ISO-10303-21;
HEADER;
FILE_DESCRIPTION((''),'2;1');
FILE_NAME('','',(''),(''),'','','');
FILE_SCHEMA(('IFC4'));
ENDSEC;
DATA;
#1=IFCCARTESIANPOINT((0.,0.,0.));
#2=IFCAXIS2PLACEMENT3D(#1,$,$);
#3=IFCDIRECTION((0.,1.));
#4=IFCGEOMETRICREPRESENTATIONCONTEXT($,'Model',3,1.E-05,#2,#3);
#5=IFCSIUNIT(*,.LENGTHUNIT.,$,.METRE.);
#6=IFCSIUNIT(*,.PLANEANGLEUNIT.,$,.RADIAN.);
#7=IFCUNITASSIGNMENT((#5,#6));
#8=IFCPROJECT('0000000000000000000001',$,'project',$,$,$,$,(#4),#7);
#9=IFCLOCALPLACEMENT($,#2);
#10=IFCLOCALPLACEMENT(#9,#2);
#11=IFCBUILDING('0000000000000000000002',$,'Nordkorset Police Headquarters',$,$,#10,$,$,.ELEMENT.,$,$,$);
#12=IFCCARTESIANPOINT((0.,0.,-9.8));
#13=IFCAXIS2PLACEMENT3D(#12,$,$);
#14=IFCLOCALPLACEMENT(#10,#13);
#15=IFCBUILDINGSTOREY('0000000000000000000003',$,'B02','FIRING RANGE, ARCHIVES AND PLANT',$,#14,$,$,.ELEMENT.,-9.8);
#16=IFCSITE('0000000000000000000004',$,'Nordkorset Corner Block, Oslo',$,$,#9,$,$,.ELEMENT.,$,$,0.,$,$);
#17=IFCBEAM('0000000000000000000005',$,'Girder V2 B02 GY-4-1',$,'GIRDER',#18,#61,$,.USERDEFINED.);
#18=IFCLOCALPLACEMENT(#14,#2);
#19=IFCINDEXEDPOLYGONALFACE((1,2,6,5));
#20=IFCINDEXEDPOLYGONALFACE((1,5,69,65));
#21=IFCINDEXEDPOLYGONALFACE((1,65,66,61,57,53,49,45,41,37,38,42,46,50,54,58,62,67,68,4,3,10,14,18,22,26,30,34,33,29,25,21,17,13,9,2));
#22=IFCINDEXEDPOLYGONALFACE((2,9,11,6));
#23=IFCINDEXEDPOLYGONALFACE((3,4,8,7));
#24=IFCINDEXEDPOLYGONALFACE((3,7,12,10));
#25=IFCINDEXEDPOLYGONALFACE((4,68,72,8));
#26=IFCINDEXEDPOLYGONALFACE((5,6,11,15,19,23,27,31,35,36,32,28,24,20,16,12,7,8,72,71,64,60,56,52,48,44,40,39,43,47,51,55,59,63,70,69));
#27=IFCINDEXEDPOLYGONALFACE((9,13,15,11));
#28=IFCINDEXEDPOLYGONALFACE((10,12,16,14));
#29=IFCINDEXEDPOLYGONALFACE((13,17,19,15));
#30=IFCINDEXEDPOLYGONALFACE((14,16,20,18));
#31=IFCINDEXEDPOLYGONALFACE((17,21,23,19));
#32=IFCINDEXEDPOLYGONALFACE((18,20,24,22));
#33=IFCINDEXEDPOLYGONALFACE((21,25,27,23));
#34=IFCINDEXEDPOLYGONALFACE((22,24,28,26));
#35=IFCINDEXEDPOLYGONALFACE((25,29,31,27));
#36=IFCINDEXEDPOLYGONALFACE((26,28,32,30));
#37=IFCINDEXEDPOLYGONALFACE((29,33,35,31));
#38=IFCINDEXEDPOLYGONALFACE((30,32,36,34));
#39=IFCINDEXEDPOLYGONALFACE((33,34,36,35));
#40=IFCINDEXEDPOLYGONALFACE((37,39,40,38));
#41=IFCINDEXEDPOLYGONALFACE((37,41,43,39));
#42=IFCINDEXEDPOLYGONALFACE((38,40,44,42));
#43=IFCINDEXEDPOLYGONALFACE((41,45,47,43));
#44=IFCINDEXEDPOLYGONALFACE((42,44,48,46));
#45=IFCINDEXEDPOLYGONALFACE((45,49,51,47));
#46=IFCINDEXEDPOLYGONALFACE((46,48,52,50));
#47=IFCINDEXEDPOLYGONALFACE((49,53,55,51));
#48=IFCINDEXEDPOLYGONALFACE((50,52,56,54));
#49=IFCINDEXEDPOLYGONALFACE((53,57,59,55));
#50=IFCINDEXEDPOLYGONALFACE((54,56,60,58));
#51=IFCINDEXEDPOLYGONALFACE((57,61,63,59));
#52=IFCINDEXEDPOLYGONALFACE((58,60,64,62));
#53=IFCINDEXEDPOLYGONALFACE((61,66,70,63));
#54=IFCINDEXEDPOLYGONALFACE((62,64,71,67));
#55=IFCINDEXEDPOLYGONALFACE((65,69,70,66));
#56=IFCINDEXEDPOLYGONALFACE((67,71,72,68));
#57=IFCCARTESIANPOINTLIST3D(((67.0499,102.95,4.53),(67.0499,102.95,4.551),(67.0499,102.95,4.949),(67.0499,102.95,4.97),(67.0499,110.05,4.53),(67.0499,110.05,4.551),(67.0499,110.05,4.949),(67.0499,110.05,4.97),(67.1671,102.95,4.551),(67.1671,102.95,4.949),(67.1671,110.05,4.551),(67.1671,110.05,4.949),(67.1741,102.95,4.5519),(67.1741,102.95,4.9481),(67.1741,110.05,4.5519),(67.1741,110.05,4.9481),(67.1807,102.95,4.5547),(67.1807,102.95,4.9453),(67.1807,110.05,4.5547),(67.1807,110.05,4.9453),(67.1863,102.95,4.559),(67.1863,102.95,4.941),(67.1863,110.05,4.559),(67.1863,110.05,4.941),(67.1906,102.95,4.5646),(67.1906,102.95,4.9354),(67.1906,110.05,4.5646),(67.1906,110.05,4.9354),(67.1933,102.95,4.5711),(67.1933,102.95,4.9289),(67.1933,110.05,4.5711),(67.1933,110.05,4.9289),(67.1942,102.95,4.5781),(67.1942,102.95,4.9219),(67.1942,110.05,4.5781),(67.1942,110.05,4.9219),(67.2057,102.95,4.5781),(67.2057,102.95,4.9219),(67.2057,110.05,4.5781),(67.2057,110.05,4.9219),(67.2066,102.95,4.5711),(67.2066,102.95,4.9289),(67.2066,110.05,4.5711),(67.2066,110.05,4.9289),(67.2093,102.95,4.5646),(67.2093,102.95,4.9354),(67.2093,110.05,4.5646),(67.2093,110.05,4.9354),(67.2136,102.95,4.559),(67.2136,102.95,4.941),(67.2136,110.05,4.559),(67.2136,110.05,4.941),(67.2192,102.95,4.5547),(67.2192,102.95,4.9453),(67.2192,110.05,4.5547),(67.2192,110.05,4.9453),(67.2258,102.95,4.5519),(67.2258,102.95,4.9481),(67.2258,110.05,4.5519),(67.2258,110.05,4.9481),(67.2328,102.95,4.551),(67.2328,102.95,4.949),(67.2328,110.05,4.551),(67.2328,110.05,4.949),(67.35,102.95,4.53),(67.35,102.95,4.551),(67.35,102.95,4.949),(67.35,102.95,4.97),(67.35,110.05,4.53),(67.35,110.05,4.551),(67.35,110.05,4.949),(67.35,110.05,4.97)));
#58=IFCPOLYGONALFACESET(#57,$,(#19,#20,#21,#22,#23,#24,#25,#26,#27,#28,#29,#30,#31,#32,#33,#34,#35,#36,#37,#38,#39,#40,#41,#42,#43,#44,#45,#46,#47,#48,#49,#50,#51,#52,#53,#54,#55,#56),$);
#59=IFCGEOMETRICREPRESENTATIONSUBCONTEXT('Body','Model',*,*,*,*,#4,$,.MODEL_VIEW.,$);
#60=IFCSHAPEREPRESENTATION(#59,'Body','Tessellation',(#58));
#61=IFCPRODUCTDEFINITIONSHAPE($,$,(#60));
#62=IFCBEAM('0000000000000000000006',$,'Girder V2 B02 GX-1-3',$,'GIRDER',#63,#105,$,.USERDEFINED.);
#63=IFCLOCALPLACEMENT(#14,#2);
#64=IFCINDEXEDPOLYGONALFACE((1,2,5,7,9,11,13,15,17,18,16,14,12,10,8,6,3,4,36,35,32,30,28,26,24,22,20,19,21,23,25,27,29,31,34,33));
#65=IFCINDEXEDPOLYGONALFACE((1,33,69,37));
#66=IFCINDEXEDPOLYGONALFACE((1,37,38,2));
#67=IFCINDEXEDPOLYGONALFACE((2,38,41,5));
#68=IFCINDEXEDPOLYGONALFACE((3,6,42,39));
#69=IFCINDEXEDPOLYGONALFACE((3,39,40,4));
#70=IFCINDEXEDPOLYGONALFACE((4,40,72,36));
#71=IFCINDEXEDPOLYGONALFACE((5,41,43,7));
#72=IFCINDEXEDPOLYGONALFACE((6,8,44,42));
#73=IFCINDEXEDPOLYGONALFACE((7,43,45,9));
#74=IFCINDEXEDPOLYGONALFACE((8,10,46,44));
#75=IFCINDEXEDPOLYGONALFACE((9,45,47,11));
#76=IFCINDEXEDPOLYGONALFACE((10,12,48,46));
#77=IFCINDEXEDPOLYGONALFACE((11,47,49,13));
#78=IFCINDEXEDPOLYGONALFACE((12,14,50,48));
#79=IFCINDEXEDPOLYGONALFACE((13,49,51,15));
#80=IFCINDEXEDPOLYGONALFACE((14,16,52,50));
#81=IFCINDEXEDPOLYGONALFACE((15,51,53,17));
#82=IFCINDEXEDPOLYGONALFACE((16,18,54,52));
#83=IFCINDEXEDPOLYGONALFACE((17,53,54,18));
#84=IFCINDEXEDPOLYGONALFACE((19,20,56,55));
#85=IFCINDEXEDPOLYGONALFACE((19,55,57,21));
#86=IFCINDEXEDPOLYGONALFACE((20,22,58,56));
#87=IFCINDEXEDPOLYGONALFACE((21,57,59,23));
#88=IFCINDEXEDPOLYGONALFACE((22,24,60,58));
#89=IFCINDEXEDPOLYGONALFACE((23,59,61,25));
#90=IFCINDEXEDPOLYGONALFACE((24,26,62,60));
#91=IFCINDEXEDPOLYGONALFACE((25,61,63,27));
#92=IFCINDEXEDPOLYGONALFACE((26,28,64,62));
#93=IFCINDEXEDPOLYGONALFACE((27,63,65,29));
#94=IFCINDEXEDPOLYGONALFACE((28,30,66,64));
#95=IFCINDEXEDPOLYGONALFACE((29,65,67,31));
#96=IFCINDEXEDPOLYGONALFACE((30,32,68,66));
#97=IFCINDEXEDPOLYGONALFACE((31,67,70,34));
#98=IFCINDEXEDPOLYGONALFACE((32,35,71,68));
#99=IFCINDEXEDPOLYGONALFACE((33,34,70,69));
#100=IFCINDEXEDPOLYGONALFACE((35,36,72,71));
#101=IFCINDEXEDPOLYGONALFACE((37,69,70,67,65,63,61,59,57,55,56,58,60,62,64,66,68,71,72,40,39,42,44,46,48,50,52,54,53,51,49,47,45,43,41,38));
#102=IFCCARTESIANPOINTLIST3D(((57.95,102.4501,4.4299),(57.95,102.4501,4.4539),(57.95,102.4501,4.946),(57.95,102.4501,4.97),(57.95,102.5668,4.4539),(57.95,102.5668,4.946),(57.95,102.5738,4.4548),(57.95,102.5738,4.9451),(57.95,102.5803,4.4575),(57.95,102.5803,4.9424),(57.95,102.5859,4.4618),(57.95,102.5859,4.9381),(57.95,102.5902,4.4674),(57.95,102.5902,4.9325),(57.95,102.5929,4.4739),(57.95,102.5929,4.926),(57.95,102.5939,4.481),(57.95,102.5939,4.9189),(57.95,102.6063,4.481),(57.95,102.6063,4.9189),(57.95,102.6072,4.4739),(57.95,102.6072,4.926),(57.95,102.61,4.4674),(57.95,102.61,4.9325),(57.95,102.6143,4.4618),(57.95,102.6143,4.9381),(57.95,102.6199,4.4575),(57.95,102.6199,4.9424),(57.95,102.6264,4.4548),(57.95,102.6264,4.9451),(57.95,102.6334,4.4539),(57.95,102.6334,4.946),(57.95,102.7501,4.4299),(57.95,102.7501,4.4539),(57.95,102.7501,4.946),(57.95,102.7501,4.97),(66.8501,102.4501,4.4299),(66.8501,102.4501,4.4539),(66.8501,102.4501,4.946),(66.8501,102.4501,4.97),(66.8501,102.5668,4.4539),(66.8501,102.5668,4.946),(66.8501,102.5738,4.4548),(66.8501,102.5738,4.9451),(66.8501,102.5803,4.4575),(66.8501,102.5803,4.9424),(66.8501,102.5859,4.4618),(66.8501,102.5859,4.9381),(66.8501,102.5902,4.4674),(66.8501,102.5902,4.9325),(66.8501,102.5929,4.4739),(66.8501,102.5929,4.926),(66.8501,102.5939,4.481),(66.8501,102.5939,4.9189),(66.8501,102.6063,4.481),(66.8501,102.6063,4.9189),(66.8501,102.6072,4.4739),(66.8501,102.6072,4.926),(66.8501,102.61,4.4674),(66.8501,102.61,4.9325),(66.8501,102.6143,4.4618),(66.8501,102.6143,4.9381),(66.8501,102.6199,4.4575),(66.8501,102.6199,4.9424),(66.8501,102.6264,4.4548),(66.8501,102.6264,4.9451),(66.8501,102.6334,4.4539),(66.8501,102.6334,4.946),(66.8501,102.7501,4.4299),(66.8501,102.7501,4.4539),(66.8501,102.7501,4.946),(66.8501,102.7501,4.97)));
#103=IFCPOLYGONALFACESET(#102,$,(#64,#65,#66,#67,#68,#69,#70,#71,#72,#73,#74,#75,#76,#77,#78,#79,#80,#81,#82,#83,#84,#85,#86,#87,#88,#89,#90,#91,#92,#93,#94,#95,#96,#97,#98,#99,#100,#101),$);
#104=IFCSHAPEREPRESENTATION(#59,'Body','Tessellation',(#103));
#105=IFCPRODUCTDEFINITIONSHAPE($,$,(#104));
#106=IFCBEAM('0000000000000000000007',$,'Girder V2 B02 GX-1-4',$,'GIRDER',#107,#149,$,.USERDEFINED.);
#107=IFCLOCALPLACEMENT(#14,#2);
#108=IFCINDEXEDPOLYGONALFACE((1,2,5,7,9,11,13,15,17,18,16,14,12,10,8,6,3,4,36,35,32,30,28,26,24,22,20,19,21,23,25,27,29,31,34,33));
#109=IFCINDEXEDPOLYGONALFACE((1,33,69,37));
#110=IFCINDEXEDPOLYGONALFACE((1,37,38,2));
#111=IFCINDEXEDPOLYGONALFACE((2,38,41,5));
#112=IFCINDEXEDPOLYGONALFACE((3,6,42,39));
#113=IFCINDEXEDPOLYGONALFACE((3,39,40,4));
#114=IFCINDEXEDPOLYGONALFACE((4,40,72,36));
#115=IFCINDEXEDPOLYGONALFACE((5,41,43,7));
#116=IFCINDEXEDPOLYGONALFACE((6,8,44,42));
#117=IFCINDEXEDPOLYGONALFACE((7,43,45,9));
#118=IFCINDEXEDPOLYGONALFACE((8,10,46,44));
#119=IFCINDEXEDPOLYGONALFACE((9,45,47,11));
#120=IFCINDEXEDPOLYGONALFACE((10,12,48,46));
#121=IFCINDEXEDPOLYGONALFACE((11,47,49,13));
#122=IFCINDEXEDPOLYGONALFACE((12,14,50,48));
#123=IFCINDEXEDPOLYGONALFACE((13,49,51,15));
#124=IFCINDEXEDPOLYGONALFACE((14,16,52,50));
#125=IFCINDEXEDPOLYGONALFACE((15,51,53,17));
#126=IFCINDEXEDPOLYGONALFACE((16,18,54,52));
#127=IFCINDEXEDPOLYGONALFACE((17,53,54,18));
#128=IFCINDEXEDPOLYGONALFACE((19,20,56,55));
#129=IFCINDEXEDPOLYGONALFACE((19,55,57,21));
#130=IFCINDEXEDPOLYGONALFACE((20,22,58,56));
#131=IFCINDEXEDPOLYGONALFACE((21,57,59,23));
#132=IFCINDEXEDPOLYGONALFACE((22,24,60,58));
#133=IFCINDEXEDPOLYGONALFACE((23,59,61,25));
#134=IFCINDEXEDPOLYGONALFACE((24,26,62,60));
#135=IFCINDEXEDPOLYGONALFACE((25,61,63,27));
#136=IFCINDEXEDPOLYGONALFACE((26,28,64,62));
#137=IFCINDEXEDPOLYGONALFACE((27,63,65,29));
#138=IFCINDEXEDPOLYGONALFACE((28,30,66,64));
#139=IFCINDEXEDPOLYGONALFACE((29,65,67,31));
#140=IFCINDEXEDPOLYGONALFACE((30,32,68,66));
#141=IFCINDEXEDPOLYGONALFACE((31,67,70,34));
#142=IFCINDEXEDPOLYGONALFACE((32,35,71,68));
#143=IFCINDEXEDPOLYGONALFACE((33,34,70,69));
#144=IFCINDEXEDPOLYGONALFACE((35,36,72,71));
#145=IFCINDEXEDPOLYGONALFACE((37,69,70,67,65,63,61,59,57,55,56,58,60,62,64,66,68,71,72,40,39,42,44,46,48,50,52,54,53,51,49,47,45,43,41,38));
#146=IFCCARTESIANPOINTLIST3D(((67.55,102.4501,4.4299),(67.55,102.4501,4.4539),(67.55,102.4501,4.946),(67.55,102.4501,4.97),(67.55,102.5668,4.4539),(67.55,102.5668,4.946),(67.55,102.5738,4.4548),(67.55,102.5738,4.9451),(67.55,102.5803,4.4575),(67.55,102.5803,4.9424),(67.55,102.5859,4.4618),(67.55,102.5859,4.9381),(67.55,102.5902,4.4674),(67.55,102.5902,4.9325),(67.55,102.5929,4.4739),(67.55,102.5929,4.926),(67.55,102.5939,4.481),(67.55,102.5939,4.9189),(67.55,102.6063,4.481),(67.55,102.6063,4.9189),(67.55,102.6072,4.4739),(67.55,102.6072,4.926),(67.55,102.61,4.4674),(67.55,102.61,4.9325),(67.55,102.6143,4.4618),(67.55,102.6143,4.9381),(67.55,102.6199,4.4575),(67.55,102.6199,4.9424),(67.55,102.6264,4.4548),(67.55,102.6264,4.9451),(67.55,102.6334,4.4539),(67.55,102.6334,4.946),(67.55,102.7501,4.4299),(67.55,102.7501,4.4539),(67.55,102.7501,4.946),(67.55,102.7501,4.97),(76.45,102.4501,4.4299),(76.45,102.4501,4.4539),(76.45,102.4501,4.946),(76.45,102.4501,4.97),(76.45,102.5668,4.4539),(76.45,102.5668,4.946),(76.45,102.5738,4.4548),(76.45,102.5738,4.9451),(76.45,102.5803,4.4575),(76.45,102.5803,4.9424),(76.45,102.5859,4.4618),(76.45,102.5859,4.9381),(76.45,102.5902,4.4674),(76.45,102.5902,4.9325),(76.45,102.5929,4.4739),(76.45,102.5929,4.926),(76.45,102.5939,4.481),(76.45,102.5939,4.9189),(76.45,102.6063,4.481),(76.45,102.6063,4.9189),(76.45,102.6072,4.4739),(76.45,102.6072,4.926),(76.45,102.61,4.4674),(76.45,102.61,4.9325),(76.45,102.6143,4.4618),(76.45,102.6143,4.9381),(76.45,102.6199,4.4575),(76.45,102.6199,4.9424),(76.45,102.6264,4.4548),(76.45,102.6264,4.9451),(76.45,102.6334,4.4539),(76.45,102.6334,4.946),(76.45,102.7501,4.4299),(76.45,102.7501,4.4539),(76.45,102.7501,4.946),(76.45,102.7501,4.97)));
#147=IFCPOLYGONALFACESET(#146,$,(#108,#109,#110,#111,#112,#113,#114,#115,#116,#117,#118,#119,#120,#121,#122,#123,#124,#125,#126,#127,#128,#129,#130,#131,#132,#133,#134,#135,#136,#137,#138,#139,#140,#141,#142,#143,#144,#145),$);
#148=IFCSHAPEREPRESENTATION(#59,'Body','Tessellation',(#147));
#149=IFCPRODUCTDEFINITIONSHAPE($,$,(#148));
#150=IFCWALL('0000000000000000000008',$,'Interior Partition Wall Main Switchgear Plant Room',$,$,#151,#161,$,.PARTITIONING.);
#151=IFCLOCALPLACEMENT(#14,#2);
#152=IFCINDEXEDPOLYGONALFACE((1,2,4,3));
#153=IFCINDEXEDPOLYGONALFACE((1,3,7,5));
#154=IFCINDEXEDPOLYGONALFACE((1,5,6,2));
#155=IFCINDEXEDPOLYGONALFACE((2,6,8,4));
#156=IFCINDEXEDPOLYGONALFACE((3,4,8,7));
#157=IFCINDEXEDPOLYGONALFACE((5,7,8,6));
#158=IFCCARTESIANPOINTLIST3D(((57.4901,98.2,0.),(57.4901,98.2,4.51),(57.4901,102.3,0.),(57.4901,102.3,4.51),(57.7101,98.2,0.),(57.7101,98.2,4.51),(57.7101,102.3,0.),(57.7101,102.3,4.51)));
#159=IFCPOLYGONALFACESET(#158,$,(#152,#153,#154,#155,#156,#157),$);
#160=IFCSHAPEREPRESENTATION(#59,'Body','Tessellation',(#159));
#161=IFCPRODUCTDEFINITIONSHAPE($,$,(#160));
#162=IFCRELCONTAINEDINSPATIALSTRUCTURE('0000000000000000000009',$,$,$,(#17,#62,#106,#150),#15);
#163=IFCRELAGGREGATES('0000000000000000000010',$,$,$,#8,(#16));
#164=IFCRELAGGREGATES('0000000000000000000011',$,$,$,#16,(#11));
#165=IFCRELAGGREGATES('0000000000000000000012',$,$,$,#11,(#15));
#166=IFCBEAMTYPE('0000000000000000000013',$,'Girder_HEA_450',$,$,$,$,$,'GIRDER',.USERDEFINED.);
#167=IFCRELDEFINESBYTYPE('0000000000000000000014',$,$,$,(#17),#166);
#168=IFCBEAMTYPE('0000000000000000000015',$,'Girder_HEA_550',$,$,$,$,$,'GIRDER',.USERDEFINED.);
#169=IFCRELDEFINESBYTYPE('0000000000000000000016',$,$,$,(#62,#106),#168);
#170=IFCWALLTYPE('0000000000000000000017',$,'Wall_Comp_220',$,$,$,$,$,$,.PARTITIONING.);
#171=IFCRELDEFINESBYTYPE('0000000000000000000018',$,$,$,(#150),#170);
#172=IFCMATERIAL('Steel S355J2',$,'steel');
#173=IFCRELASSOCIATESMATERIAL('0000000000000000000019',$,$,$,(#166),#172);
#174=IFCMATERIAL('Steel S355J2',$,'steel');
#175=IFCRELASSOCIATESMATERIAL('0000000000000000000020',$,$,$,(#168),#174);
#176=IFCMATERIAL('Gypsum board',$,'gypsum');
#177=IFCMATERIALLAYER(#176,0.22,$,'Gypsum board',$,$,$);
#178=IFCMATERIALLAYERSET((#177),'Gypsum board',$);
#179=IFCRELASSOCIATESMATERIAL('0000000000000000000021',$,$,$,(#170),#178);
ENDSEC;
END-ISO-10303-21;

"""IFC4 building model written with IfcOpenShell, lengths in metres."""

from ifc_helpers import new_model, si_unit, direction, frame, frame_2d, origin, origin_2d, place, context, subcontext, project, spatial, rectangle, i_section, extrude, material, layer, layer_set, material_profile, profile_set, type_object, element, save


model = new_model("IFC4")

# Units and contexts
model_context = context("Model", 3, precision=1e-05, world=origin(), true_north=direction((0.0, 1.0)))
body_context = subcontext(model_context, "Body", "Model", "MODEL_VIEW")
ifc_project = project(units=[si_unit("LENGTHUNIT", "METRE"), si_unit("PLANEANGLEUNIT", "RADIAN")], contexts=[model_context])

# Site, building, storey
site_placement = place(None, origin())
site = spatial("IfcSite", under=ifc_project, at=site_placement, Name="Nordkorset Corner Block, Oslo", CompositionType="ELEMENT", RefElevation=0.0)
building_placement = place(site_placement, origin())
building = spatial("IfcBuilding", under=site, at=building_placement, Name="Nordkorset Police Headquarters", CompositionType="ELEMENT")
storey_placement = place(building_placement, frame((0.0, 0.0, -9.8)))
storey = spatial("IfcBuildingStorey", under=building, at=storey_placement, Name="B02", Description="FIRING RANGE, ARCHIVES AND PLANT", CompositionType="ELEMENT", Elevation=-9.8)

# Beams
ifc_material_1 = material(Name="Steel S355J2", Category="steel")
ifc_material_profile_1 = material_profile(ifc_material_1, i_section(OverallWidth=0.3, OverallDepth=0.4399, WebThickness=0.0115, FlangeThickness=0.021, FilletRadius=0.0271, at=origin_2d()), Name="HEA 450")
ifc_profile_set_1 = profile_set([ifc_material_profile_1], Name="Steel S355J2")
beam_type_1 = type_object("IfcBeamType", Name="Girder_HEA_450", ElementType="GIRDER", PredefinedType="USERDEFINED", material=ifc_profile_set_1)
beam_1_placement = place(storey_placement, frame((67.2, 102.95, 4.75), z_axis=(0.0, 1.0, 0.0), x_axis=(-1.0, 0.0, 0.0)))
element("IfcBeam", 1, at=beam_1_placement, inside=storey, type_object=beam_type_1, Name="Girder V2 B02 GY-4-1", ObjectType="GIRDER", PredefinedType="USERDEFINED", context=body_context, shape_type="SweptSolid", body=[
    extrude(i_section(OverallWidth=0.3, OverallDepth=0.4399, WebThickness=0.0115, FlangeThickness=0.021, FilletRadius=0.0271, at=origin_2d()), origin(), (0.0, 0.0, 1.0), 7.1001),
])
ifc_material_2 = material(Name="Steel S355J2", Category="steel")
ifc_material_profile_2 = material_profile(ifc_material_2, i_section(OverallWidth=0.3, OverallDepth=0.54, WebThickness=0.0125, FlangeThickness=0.0239, FilletRadius=0.0271, at=origin_2d()), Name="HEA 550")
ifc_profile_set_2 = profile_set([ifc_material_profile_2], Name="Steel S355J2")
beam_type_2 = type_object("IfcBeamType", Name="Girder_HEA_550", ElementType="GIRDER", PredefinedType="USERDEFINED", material=ifc_profile_set_2)
beam_2_placement = place(storey_placement, frame((57.95, 102.6001, 4.7), z_axis=(1.0, 0.0, 0.0), x_axis=(0.0, 1.0, 0.0)))
element("IfcBeam", 2, at=beam_2_placement, inside=storey, type_object=beam_type_2, Name="Girder V2 B02 GX-1-3", ObjectType="GIRDER", PredefinedType="USERDEFINED", context=body_context, shape_type="SweptSolid", body=[
    extrude(i_section(OverallWidth=0.3, OverallDepth=0.54, WebThickness=0.0125, FlangeThickness=0.0239, FilletRadius=0.0271, at=origin_2d()), origin(), (0.0, 0.0, 1.0), 8.9001),
])
beam_3_placement = place(storey_placement, frame((67.55, 102.6001, 4.7), z_axis=(1.0, 0.0, 0.0), x_axis=(0.0, 1.0, 0.0)))
element("IfcBeam", 3, at=beam_3_placement, inside=storey, type_object=beam_type_2, Name="Girder V2 B02 GX-1-4", ObjectType="GIRDER", PredefinedType="USERDEFINED", context=body_context, shape_type="SweptSolid", body=[
    extrude(i_section(OverallWidth=0.3, OverallDepth=0.54, WebThickness=0.0125, FlangeThickness=0.0239, FilletRadius=0.0271, at=origin_2d()), origin(), (0.0, 0.0, 1.0), 8.8999),
])

# Wall
ifc_material_3 = material(Name="Gypsum board", Category="gypsum")
ifc_layer = layer(ifc_material_3, 0.22, Name="Gypsum board")
ifc_layer_set = layer_set([ifc_layer], Name="Gypsum board")
wall_type = type_object("IfcWallType", Name="Wall_Comp_220", PredefinedType="PARTITIONING", material=ifc_layer_set)
wall_1_placement = place(storey_placement, frame((57.6001, 98.2, 0.0), z_axis=(0.0, 0.0, 1.0), x_axis=(0.0, 1.0, 0.0)))
element("IfcWall", 4, at=wall_1_placement, inside=storey, type_object=wall_type, Name="Interior Partition Wall Main Switchgear Plant Room", PredefinedType="PARTITIONING", context=body_context, shape_type="SweptSolid", body=[
    extrude(rectangle(XDim=4.1001, YDim=0.22, at=frame_2d((2.05, 0.0))), origin(), (0.0, 0.0, 1.0), 4.51),
])

save(model, "model.ifc")
